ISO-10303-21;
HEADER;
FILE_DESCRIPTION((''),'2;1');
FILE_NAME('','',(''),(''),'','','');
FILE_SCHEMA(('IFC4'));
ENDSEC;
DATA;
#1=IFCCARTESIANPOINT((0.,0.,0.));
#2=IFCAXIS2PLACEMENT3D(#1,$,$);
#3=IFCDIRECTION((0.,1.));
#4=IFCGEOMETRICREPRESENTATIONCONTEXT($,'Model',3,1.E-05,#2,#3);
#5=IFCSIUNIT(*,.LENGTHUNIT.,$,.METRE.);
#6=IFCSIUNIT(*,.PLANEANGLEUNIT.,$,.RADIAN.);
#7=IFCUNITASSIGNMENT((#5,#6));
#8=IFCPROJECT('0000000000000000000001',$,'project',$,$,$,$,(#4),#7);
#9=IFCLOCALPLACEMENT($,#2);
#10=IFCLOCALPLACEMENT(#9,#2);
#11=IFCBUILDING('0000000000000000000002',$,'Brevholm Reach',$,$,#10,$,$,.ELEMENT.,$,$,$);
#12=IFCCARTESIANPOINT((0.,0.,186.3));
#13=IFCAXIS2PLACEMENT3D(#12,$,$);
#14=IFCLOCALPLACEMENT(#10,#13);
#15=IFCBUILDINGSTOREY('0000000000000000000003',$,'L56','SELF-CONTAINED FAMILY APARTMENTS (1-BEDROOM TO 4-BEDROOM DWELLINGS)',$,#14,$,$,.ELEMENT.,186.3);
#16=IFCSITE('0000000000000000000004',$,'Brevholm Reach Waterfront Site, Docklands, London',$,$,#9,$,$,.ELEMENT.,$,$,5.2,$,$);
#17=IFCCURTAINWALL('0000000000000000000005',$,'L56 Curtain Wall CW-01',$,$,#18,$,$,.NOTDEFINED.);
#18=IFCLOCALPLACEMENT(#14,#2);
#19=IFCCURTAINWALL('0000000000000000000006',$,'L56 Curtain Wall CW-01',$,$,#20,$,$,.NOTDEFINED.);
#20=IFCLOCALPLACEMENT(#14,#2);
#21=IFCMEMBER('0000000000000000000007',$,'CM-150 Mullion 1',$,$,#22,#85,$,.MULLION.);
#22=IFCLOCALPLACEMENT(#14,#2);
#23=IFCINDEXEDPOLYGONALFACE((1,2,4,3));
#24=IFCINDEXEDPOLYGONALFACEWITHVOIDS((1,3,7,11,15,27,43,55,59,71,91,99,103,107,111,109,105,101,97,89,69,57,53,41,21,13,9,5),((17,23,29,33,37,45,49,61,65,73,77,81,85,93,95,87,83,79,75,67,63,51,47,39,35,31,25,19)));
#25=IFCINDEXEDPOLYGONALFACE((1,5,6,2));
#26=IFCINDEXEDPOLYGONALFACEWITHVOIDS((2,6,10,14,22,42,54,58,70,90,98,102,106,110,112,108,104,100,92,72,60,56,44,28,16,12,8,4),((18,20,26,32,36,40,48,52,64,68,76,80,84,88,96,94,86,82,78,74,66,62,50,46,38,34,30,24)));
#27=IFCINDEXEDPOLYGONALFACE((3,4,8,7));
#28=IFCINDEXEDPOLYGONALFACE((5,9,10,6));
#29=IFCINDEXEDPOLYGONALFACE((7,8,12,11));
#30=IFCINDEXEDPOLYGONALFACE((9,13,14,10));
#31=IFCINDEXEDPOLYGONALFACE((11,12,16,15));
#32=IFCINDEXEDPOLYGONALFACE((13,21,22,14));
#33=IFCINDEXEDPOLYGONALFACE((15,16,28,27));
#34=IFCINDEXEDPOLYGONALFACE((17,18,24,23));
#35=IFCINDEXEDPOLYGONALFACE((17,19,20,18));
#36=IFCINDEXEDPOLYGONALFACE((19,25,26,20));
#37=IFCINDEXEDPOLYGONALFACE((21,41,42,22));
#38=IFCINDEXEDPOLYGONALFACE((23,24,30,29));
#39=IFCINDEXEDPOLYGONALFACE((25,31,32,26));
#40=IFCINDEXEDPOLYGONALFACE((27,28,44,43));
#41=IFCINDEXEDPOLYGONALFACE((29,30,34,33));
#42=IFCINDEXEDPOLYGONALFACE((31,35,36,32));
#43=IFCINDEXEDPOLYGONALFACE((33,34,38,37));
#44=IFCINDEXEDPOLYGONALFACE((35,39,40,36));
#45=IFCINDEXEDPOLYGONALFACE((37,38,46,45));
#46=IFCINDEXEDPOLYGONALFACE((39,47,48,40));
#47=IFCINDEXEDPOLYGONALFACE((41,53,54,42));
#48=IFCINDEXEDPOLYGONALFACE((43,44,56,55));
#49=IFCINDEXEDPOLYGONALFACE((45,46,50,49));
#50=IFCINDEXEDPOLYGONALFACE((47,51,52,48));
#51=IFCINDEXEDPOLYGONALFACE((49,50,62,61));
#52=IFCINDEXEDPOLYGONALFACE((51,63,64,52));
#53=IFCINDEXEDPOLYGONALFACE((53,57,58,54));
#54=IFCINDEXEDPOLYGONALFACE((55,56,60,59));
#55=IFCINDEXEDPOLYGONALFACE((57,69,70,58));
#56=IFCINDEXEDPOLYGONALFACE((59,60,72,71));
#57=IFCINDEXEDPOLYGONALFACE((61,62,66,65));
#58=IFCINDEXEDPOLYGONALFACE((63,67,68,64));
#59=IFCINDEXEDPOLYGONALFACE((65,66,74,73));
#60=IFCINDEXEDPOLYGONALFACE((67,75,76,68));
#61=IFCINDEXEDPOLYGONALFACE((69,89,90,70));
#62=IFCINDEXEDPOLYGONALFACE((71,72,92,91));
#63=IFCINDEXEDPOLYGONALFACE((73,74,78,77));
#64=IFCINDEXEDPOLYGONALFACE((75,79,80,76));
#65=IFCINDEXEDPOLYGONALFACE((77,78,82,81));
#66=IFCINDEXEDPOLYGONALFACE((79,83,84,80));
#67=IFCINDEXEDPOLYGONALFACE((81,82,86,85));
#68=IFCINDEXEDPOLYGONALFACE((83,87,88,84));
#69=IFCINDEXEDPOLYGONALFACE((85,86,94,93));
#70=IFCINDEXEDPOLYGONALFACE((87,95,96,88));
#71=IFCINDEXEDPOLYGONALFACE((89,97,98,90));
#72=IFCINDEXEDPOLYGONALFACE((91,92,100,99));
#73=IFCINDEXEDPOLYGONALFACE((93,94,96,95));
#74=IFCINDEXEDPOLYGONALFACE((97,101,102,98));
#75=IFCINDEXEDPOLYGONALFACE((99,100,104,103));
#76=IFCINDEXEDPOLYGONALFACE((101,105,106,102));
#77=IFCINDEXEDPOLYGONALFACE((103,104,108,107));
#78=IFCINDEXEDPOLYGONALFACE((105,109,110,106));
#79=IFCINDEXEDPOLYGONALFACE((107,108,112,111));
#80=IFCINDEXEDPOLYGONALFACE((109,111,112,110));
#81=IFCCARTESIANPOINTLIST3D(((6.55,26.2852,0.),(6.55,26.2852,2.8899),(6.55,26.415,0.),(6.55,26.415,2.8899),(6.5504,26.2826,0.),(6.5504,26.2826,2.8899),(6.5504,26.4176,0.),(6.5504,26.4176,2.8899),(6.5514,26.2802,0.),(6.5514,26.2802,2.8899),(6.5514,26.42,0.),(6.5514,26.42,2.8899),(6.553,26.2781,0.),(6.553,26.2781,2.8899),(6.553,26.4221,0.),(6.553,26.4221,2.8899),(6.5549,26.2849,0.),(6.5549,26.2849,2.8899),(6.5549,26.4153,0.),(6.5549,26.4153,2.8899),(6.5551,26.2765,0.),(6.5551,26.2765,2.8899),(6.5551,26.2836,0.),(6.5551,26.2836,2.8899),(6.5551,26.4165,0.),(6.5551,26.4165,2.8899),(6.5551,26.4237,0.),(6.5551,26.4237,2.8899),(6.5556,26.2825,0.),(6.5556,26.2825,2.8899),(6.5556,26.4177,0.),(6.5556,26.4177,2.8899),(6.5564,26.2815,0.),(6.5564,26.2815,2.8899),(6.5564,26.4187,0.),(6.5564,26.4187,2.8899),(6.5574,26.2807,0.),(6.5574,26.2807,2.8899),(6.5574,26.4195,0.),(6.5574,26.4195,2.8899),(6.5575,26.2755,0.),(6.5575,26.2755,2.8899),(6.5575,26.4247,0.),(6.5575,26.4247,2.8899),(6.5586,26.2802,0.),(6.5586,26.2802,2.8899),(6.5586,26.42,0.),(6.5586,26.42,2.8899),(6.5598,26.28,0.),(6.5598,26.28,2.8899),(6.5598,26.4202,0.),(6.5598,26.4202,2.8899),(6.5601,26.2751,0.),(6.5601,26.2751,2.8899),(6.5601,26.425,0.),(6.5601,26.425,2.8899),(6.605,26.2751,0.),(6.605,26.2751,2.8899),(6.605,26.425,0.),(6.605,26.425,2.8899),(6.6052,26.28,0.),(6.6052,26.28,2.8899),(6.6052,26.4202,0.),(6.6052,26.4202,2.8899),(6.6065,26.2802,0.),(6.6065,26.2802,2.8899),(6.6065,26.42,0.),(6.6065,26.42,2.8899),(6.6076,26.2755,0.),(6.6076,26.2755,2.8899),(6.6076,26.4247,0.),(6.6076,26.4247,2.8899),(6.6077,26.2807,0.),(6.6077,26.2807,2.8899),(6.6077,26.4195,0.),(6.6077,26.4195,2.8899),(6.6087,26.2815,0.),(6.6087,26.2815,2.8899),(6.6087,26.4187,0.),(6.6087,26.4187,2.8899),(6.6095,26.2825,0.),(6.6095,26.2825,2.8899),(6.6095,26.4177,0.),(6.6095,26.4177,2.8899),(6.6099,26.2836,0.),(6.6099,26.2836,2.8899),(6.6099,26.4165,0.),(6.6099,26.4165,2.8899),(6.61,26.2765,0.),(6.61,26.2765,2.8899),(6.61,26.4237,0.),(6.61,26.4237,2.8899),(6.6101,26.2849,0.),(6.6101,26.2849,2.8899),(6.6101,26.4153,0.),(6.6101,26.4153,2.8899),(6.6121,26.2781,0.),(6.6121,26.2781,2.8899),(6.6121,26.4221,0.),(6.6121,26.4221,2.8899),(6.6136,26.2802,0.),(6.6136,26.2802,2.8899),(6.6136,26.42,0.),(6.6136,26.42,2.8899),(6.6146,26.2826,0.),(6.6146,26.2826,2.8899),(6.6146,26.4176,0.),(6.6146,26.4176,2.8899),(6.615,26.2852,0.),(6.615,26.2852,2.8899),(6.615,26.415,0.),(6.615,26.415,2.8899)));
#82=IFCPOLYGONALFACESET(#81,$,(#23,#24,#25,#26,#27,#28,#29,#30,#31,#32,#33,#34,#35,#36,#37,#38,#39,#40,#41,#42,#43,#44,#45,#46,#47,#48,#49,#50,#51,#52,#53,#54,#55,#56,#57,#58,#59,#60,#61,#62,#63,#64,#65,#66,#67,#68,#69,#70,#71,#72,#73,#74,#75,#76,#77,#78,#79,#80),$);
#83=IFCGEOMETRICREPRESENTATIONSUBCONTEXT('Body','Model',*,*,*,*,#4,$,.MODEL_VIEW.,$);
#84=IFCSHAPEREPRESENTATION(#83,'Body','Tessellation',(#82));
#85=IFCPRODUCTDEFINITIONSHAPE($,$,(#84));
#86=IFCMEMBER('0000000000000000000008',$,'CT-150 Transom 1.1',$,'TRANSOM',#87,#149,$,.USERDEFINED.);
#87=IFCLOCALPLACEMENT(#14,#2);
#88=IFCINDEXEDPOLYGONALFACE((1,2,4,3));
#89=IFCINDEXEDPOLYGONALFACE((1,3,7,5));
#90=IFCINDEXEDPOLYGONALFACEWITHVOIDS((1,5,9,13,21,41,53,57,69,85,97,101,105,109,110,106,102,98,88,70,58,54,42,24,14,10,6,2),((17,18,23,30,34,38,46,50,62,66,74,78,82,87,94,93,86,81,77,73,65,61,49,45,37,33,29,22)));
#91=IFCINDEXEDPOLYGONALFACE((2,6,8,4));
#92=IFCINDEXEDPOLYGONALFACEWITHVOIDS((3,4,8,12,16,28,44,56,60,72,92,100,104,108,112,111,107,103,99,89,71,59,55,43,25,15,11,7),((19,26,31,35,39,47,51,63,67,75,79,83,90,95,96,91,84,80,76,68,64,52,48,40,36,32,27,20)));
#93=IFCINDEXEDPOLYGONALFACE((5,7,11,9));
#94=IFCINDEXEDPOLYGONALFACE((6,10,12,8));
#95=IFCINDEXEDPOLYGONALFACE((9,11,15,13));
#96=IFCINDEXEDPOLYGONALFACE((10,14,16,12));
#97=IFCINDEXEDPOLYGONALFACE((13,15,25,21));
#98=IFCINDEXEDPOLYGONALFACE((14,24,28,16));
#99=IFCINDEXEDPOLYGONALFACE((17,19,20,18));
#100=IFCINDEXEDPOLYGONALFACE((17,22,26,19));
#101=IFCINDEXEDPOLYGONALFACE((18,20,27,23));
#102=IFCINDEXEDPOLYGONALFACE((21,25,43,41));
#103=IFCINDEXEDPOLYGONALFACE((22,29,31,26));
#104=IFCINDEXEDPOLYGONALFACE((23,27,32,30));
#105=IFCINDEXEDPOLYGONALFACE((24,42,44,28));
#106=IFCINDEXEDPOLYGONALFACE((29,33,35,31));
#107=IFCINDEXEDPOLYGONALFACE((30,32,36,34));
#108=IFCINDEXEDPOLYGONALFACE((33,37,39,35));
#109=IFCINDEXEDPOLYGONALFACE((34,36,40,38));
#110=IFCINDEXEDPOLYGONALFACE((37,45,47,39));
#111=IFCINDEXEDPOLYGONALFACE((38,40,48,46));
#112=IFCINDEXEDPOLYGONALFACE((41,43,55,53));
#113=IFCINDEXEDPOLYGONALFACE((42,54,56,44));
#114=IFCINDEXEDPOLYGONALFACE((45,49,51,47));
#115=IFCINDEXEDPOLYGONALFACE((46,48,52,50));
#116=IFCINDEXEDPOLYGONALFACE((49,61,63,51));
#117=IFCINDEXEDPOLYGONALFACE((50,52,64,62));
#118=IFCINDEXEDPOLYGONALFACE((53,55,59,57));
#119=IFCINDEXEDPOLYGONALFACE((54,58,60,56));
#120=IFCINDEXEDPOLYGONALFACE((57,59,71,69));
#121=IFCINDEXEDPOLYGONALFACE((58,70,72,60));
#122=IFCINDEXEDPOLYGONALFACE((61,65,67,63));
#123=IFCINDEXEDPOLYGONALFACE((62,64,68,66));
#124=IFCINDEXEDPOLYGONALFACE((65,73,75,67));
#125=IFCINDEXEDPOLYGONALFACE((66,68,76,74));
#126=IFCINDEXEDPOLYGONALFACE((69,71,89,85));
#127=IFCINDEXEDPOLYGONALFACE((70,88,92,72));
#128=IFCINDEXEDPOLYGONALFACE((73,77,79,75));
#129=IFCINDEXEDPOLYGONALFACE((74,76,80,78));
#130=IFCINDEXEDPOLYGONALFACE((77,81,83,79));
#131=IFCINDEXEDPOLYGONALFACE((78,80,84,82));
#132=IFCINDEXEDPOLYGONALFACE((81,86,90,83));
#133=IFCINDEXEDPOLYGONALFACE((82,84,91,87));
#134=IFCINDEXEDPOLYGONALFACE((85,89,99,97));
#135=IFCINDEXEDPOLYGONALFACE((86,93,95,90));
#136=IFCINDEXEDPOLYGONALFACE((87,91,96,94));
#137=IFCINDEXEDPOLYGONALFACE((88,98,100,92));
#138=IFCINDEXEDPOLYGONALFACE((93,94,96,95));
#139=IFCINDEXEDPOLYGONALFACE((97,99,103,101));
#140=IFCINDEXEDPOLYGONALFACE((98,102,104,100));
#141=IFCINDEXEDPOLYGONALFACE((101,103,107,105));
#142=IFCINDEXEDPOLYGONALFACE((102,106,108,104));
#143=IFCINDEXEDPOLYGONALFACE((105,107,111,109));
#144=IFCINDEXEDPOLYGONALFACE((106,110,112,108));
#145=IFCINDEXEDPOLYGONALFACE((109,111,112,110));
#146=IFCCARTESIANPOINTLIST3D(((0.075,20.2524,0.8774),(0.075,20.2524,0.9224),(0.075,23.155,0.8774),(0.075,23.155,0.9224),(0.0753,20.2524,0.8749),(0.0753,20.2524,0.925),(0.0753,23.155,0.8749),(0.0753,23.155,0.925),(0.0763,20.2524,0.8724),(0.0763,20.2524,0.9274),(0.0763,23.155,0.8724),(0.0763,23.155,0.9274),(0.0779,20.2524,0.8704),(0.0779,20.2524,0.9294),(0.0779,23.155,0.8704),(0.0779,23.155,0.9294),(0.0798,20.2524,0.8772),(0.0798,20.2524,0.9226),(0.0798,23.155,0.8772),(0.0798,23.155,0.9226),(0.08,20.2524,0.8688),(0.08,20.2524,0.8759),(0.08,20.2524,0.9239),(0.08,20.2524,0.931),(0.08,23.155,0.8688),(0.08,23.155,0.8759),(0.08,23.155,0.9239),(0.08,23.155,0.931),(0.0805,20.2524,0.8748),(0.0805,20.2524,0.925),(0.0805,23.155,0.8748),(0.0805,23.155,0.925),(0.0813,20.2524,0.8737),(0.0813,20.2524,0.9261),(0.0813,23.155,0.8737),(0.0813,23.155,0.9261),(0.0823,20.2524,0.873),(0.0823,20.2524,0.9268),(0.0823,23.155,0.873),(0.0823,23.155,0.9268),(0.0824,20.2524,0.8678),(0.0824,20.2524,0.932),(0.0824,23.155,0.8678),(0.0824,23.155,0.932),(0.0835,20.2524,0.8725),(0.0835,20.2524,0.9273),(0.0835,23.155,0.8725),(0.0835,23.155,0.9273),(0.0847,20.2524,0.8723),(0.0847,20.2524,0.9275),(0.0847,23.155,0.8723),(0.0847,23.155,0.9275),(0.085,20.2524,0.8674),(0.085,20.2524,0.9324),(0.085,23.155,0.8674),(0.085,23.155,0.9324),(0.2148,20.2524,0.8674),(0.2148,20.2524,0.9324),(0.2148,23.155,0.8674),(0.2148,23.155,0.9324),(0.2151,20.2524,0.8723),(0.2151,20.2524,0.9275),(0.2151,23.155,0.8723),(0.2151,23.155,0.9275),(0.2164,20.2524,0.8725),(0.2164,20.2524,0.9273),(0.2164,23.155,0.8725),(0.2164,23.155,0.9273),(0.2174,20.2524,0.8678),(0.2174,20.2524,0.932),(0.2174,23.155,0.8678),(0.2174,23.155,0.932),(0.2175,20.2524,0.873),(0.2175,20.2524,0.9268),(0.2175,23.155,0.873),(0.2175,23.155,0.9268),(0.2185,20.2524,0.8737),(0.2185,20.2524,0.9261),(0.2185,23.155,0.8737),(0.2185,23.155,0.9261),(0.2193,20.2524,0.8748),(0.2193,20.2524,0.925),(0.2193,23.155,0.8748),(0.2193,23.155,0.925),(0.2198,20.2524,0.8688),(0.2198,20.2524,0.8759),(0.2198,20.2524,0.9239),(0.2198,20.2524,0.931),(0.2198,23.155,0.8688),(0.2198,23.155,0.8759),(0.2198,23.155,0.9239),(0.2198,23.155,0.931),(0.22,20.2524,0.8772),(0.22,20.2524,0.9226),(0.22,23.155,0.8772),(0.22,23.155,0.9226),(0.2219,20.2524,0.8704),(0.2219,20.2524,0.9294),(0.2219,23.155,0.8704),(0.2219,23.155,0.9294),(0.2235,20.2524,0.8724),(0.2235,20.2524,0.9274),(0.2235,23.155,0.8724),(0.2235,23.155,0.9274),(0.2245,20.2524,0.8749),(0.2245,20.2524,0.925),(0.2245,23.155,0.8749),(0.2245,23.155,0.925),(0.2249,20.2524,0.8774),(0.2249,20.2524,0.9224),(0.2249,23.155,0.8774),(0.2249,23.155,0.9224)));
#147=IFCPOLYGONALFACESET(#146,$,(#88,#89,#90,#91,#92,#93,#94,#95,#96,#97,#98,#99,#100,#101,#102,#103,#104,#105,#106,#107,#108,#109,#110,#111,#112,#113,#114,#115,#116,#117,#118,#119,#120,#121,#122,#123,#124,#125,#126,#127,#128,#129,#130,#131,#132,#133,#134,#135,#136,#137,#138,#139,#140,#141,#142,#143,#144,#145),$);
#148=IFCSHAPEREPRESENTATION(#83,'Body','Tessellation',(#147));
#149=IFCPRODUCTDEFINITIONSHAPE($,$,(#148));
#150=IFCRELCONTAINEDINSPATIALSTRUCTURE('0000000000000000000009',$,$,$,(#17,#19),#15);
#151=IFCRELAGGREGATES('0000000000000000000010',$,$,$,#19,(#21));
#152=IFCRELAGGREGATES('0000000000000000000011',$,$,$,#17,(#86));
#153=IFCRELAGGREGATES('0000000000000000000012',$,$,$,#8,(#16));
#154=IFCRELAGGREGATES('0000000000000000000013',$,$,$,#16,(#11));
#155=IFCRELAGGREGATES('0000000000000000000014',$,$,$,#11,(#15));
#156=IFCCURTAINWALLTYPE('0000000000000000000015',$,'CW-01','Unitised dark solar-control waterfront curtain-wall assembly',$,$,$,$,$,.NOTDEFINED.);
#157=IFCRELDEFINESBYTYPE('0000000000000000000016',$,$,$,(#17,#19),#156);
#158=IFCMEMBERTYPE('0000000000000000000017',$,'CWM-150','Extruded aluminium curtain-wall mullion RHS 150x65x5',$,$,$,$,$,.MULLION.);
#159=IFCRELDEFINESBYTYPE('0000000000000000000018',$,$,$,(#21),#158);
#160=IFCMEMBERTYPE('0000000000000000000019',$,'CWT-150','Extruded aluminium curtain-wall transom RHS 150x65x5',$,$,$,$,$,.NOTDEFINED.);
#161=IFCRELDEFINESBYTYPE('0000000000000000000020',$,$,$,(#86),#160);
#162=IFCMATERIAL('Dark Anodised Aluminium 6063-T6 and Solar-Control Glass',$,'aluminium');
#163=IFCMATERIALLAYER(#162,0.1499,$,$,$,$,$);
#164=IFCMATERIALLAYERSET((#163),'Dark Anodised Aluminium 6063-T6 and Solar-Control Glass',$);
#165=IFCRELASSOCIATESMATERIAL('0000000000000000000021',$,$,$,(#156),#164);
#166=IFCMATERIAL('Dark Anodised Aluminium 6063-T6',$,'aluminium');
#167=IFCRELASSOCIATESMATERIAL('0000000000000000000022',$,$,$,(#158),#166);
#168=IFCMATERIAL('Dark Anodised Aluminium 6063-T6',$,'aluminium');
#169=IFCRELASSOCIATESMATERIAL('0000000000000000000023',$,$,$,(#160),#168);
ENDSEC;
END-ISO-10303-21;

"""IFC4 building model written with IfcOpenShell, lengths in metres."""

from ifc_helpers import new_model, si_unit, direction, frame, origin, origin_2d, place, context, subcontext, project, spatial, hollow_rectangle, extrude, material, layer, layer_set, material_profile, profile_set, type_object, element, aggregate, save


model = new_model("IFC4")

# Units and contexts
model_context = context("Model", 3, precision=1e-05, world=origin(), true_north=direction((0.0, 1.0)))
body_context = subcontext(model_context, "Body", "Model", "MODEL_VIEW")
ifc_project = project(units=[si_unit("LENGTHUNIT", "METRE"), si_unit("PLANEANGLEUNIT", "RADIAN")], contexts=[model_context])

# Site, building, storey
site_placement = place(None, origin())
site = spatial("IfcSite", under=ifc_project, at=site_placement, Name="Brevholm Reach Waterfront Site, Docklands, London", CompositionType="ELEMENT", RefElevation=5.2)
building_placement = place(site_placement, origin())
building = spatial("IfcBuilding", under=site, at=building_placement, Name="Brevholm Reach", CompositionType="ELEMENT")
storey_placement = place(building_placement, frame((0.0, 0.0, 186.3)))
storey = spatial("IfcBuildingStorey", under=building, at=storey_placement, Name="L56", Description="SELF-CONTAINED FAMILY APARTMENTS (1-BEDROOM TO 4-BEDROOM DWELLINGS)", CompositionType="ELEMENT", Elevation=186.3)

# Curtain wall
ifc_material_1 = material(Name="Dark Anodised Aluminium 6063-T6 and Solar-Control Glass", Category="aluminium")
ifc_layer_1 = layer(ifc_material_1, 0.1499)
ifc_layer_set_1 = layer_set([ifc_layer_1], Name="Dark Anodised Aluminium 6063-T6 and Solar-Control Glass")
curtain_wall_type = type_object("IfcCurtainWallType", Name="CW-01", Description="Unitised dark solar-control waterfront curtain-wall assembly", PredefinedType="NOTDEFINED", material=ifc_layer_set_1)
curtain_wall_1_placement = place(storey_placement, origin())
curtain_wall_1 = element("IfcCurtainWall", 1, at=curtain_wall_1_placement, inside=storey, type_object=curtain_wall_type, Name="L56 Curtain Wall CW-01", PredefinedType="NOTDEFINED")
ifc_material_2 = material(Name="Dark Anodised Aluminium 6063-T6", Category="aluminium")
ifc_material_profile_1 = material_profile(ifc_material_2, hollow_rectangle(XDim=0.0649, YDim=0.1499, WallThickness=0.0049, InnerFilletRadius=0.0049, OuterFilletRadius=0.01, at=origin_2d()), Name="RHS 150x65x5")
ifc_profile_set_1 = profile_set([ifc_material_profile_1], Name="Dark Anodised Aluminium 6063-T6")
member_type_1 = type_object("IfcMemberType", Name="CWM-150", Description="Extruded aluminium curtain-wall mullion RHS 150x65x5", PredefinedType="MULLION", material=ifc_profile_set_1)

# Curtain wall, member
curtain_wall_2_placement = place(storey_placement, origin())
curtain_wall_2 = element("IfcCurtainWall", 2, at=curtain_wall_2_placement, inside=storey, type_object=curtain_wall_type, Name="L56 Curtain Wall CW-01", PredefinedType="NOTDEFINED")
member_1_placement = place(storey_placement, frame((6.5825, 26.3501, 0.0), z_axis=(0.0, 0.0, 1.0), x_axis=(1.0, 0.0, 0.0)))
member_1 = element("IfcMember", 3, at=member_1_placement, type_object=member_type_1, Name="CM-150 Mullion 1", PredefinedType="MULLION", context=body_context, shape_type="SweptSolid", body=[
    extrude(hollow_rectangle(XDim=0.0649, YDim=0.1499, WallThickness=0.0049, InnerFilletRadius=0.0049, OuterFilletRadius=0.01, at=origin_2d()), origin(), (0.0, 0.0, 1.0), 2.8899),
])

# Member
ifc_material_3 = material(Name="Dark Anodised Aluminium 6063-T6", Category="aluminium")
ifc_material_profile_2 = material_profile(ifc_material_3, hollow_rectangle(XDim=0.0649, YDim=0.1499, WallThickness=0.0049, InnerFilletRadius=0.0049, OuterFilletRadius=0.01, at=origin_2d()), Name="RHS 150x65x5")
ifc_profile_set_2 = profile_set([ifc_material_profile_2], Name="Dark Anodised Aluminium 6063-T6")
member_type_2 = type_object("IfcMemberType", Name="CWT-150", Description="Extruded aluminium curtain-wall transom RHS 150x65x5", PredefinedType="NOTDEFINED", material=ifc_profile_set_2)
member_2_placement = place(storey_placement, frame((0.1499, 23.155, 0.8999), z_axis=(0.0, -1.0, 0.0), x_axis=(0.0, 0.0, 1.0)))
member_2 = element("IfcMember", 4, at=member_2_placement, type_object=member_type_2, Name="CT-150 Transom 1.1", ObjectType="TRANSOM", PredefinedType="USERDEFINED", context=body_context, shape_type="SweptSolid", body=[
    extrude(hollow_rectangle(XDim=0.0649, YDim=0.1499, WallThickness=0.0049, InnerFilletRadius=0.0049, OuterFilletRadius=0.01, at=origin_2d()), origin(), (0.0, 0.0, 1.0), 2.9026),
])
aggregate(curtain_wall_2, [member_1])

aggregate(curtain_wall_1, [member_2])

save(model, "model.ifc")
